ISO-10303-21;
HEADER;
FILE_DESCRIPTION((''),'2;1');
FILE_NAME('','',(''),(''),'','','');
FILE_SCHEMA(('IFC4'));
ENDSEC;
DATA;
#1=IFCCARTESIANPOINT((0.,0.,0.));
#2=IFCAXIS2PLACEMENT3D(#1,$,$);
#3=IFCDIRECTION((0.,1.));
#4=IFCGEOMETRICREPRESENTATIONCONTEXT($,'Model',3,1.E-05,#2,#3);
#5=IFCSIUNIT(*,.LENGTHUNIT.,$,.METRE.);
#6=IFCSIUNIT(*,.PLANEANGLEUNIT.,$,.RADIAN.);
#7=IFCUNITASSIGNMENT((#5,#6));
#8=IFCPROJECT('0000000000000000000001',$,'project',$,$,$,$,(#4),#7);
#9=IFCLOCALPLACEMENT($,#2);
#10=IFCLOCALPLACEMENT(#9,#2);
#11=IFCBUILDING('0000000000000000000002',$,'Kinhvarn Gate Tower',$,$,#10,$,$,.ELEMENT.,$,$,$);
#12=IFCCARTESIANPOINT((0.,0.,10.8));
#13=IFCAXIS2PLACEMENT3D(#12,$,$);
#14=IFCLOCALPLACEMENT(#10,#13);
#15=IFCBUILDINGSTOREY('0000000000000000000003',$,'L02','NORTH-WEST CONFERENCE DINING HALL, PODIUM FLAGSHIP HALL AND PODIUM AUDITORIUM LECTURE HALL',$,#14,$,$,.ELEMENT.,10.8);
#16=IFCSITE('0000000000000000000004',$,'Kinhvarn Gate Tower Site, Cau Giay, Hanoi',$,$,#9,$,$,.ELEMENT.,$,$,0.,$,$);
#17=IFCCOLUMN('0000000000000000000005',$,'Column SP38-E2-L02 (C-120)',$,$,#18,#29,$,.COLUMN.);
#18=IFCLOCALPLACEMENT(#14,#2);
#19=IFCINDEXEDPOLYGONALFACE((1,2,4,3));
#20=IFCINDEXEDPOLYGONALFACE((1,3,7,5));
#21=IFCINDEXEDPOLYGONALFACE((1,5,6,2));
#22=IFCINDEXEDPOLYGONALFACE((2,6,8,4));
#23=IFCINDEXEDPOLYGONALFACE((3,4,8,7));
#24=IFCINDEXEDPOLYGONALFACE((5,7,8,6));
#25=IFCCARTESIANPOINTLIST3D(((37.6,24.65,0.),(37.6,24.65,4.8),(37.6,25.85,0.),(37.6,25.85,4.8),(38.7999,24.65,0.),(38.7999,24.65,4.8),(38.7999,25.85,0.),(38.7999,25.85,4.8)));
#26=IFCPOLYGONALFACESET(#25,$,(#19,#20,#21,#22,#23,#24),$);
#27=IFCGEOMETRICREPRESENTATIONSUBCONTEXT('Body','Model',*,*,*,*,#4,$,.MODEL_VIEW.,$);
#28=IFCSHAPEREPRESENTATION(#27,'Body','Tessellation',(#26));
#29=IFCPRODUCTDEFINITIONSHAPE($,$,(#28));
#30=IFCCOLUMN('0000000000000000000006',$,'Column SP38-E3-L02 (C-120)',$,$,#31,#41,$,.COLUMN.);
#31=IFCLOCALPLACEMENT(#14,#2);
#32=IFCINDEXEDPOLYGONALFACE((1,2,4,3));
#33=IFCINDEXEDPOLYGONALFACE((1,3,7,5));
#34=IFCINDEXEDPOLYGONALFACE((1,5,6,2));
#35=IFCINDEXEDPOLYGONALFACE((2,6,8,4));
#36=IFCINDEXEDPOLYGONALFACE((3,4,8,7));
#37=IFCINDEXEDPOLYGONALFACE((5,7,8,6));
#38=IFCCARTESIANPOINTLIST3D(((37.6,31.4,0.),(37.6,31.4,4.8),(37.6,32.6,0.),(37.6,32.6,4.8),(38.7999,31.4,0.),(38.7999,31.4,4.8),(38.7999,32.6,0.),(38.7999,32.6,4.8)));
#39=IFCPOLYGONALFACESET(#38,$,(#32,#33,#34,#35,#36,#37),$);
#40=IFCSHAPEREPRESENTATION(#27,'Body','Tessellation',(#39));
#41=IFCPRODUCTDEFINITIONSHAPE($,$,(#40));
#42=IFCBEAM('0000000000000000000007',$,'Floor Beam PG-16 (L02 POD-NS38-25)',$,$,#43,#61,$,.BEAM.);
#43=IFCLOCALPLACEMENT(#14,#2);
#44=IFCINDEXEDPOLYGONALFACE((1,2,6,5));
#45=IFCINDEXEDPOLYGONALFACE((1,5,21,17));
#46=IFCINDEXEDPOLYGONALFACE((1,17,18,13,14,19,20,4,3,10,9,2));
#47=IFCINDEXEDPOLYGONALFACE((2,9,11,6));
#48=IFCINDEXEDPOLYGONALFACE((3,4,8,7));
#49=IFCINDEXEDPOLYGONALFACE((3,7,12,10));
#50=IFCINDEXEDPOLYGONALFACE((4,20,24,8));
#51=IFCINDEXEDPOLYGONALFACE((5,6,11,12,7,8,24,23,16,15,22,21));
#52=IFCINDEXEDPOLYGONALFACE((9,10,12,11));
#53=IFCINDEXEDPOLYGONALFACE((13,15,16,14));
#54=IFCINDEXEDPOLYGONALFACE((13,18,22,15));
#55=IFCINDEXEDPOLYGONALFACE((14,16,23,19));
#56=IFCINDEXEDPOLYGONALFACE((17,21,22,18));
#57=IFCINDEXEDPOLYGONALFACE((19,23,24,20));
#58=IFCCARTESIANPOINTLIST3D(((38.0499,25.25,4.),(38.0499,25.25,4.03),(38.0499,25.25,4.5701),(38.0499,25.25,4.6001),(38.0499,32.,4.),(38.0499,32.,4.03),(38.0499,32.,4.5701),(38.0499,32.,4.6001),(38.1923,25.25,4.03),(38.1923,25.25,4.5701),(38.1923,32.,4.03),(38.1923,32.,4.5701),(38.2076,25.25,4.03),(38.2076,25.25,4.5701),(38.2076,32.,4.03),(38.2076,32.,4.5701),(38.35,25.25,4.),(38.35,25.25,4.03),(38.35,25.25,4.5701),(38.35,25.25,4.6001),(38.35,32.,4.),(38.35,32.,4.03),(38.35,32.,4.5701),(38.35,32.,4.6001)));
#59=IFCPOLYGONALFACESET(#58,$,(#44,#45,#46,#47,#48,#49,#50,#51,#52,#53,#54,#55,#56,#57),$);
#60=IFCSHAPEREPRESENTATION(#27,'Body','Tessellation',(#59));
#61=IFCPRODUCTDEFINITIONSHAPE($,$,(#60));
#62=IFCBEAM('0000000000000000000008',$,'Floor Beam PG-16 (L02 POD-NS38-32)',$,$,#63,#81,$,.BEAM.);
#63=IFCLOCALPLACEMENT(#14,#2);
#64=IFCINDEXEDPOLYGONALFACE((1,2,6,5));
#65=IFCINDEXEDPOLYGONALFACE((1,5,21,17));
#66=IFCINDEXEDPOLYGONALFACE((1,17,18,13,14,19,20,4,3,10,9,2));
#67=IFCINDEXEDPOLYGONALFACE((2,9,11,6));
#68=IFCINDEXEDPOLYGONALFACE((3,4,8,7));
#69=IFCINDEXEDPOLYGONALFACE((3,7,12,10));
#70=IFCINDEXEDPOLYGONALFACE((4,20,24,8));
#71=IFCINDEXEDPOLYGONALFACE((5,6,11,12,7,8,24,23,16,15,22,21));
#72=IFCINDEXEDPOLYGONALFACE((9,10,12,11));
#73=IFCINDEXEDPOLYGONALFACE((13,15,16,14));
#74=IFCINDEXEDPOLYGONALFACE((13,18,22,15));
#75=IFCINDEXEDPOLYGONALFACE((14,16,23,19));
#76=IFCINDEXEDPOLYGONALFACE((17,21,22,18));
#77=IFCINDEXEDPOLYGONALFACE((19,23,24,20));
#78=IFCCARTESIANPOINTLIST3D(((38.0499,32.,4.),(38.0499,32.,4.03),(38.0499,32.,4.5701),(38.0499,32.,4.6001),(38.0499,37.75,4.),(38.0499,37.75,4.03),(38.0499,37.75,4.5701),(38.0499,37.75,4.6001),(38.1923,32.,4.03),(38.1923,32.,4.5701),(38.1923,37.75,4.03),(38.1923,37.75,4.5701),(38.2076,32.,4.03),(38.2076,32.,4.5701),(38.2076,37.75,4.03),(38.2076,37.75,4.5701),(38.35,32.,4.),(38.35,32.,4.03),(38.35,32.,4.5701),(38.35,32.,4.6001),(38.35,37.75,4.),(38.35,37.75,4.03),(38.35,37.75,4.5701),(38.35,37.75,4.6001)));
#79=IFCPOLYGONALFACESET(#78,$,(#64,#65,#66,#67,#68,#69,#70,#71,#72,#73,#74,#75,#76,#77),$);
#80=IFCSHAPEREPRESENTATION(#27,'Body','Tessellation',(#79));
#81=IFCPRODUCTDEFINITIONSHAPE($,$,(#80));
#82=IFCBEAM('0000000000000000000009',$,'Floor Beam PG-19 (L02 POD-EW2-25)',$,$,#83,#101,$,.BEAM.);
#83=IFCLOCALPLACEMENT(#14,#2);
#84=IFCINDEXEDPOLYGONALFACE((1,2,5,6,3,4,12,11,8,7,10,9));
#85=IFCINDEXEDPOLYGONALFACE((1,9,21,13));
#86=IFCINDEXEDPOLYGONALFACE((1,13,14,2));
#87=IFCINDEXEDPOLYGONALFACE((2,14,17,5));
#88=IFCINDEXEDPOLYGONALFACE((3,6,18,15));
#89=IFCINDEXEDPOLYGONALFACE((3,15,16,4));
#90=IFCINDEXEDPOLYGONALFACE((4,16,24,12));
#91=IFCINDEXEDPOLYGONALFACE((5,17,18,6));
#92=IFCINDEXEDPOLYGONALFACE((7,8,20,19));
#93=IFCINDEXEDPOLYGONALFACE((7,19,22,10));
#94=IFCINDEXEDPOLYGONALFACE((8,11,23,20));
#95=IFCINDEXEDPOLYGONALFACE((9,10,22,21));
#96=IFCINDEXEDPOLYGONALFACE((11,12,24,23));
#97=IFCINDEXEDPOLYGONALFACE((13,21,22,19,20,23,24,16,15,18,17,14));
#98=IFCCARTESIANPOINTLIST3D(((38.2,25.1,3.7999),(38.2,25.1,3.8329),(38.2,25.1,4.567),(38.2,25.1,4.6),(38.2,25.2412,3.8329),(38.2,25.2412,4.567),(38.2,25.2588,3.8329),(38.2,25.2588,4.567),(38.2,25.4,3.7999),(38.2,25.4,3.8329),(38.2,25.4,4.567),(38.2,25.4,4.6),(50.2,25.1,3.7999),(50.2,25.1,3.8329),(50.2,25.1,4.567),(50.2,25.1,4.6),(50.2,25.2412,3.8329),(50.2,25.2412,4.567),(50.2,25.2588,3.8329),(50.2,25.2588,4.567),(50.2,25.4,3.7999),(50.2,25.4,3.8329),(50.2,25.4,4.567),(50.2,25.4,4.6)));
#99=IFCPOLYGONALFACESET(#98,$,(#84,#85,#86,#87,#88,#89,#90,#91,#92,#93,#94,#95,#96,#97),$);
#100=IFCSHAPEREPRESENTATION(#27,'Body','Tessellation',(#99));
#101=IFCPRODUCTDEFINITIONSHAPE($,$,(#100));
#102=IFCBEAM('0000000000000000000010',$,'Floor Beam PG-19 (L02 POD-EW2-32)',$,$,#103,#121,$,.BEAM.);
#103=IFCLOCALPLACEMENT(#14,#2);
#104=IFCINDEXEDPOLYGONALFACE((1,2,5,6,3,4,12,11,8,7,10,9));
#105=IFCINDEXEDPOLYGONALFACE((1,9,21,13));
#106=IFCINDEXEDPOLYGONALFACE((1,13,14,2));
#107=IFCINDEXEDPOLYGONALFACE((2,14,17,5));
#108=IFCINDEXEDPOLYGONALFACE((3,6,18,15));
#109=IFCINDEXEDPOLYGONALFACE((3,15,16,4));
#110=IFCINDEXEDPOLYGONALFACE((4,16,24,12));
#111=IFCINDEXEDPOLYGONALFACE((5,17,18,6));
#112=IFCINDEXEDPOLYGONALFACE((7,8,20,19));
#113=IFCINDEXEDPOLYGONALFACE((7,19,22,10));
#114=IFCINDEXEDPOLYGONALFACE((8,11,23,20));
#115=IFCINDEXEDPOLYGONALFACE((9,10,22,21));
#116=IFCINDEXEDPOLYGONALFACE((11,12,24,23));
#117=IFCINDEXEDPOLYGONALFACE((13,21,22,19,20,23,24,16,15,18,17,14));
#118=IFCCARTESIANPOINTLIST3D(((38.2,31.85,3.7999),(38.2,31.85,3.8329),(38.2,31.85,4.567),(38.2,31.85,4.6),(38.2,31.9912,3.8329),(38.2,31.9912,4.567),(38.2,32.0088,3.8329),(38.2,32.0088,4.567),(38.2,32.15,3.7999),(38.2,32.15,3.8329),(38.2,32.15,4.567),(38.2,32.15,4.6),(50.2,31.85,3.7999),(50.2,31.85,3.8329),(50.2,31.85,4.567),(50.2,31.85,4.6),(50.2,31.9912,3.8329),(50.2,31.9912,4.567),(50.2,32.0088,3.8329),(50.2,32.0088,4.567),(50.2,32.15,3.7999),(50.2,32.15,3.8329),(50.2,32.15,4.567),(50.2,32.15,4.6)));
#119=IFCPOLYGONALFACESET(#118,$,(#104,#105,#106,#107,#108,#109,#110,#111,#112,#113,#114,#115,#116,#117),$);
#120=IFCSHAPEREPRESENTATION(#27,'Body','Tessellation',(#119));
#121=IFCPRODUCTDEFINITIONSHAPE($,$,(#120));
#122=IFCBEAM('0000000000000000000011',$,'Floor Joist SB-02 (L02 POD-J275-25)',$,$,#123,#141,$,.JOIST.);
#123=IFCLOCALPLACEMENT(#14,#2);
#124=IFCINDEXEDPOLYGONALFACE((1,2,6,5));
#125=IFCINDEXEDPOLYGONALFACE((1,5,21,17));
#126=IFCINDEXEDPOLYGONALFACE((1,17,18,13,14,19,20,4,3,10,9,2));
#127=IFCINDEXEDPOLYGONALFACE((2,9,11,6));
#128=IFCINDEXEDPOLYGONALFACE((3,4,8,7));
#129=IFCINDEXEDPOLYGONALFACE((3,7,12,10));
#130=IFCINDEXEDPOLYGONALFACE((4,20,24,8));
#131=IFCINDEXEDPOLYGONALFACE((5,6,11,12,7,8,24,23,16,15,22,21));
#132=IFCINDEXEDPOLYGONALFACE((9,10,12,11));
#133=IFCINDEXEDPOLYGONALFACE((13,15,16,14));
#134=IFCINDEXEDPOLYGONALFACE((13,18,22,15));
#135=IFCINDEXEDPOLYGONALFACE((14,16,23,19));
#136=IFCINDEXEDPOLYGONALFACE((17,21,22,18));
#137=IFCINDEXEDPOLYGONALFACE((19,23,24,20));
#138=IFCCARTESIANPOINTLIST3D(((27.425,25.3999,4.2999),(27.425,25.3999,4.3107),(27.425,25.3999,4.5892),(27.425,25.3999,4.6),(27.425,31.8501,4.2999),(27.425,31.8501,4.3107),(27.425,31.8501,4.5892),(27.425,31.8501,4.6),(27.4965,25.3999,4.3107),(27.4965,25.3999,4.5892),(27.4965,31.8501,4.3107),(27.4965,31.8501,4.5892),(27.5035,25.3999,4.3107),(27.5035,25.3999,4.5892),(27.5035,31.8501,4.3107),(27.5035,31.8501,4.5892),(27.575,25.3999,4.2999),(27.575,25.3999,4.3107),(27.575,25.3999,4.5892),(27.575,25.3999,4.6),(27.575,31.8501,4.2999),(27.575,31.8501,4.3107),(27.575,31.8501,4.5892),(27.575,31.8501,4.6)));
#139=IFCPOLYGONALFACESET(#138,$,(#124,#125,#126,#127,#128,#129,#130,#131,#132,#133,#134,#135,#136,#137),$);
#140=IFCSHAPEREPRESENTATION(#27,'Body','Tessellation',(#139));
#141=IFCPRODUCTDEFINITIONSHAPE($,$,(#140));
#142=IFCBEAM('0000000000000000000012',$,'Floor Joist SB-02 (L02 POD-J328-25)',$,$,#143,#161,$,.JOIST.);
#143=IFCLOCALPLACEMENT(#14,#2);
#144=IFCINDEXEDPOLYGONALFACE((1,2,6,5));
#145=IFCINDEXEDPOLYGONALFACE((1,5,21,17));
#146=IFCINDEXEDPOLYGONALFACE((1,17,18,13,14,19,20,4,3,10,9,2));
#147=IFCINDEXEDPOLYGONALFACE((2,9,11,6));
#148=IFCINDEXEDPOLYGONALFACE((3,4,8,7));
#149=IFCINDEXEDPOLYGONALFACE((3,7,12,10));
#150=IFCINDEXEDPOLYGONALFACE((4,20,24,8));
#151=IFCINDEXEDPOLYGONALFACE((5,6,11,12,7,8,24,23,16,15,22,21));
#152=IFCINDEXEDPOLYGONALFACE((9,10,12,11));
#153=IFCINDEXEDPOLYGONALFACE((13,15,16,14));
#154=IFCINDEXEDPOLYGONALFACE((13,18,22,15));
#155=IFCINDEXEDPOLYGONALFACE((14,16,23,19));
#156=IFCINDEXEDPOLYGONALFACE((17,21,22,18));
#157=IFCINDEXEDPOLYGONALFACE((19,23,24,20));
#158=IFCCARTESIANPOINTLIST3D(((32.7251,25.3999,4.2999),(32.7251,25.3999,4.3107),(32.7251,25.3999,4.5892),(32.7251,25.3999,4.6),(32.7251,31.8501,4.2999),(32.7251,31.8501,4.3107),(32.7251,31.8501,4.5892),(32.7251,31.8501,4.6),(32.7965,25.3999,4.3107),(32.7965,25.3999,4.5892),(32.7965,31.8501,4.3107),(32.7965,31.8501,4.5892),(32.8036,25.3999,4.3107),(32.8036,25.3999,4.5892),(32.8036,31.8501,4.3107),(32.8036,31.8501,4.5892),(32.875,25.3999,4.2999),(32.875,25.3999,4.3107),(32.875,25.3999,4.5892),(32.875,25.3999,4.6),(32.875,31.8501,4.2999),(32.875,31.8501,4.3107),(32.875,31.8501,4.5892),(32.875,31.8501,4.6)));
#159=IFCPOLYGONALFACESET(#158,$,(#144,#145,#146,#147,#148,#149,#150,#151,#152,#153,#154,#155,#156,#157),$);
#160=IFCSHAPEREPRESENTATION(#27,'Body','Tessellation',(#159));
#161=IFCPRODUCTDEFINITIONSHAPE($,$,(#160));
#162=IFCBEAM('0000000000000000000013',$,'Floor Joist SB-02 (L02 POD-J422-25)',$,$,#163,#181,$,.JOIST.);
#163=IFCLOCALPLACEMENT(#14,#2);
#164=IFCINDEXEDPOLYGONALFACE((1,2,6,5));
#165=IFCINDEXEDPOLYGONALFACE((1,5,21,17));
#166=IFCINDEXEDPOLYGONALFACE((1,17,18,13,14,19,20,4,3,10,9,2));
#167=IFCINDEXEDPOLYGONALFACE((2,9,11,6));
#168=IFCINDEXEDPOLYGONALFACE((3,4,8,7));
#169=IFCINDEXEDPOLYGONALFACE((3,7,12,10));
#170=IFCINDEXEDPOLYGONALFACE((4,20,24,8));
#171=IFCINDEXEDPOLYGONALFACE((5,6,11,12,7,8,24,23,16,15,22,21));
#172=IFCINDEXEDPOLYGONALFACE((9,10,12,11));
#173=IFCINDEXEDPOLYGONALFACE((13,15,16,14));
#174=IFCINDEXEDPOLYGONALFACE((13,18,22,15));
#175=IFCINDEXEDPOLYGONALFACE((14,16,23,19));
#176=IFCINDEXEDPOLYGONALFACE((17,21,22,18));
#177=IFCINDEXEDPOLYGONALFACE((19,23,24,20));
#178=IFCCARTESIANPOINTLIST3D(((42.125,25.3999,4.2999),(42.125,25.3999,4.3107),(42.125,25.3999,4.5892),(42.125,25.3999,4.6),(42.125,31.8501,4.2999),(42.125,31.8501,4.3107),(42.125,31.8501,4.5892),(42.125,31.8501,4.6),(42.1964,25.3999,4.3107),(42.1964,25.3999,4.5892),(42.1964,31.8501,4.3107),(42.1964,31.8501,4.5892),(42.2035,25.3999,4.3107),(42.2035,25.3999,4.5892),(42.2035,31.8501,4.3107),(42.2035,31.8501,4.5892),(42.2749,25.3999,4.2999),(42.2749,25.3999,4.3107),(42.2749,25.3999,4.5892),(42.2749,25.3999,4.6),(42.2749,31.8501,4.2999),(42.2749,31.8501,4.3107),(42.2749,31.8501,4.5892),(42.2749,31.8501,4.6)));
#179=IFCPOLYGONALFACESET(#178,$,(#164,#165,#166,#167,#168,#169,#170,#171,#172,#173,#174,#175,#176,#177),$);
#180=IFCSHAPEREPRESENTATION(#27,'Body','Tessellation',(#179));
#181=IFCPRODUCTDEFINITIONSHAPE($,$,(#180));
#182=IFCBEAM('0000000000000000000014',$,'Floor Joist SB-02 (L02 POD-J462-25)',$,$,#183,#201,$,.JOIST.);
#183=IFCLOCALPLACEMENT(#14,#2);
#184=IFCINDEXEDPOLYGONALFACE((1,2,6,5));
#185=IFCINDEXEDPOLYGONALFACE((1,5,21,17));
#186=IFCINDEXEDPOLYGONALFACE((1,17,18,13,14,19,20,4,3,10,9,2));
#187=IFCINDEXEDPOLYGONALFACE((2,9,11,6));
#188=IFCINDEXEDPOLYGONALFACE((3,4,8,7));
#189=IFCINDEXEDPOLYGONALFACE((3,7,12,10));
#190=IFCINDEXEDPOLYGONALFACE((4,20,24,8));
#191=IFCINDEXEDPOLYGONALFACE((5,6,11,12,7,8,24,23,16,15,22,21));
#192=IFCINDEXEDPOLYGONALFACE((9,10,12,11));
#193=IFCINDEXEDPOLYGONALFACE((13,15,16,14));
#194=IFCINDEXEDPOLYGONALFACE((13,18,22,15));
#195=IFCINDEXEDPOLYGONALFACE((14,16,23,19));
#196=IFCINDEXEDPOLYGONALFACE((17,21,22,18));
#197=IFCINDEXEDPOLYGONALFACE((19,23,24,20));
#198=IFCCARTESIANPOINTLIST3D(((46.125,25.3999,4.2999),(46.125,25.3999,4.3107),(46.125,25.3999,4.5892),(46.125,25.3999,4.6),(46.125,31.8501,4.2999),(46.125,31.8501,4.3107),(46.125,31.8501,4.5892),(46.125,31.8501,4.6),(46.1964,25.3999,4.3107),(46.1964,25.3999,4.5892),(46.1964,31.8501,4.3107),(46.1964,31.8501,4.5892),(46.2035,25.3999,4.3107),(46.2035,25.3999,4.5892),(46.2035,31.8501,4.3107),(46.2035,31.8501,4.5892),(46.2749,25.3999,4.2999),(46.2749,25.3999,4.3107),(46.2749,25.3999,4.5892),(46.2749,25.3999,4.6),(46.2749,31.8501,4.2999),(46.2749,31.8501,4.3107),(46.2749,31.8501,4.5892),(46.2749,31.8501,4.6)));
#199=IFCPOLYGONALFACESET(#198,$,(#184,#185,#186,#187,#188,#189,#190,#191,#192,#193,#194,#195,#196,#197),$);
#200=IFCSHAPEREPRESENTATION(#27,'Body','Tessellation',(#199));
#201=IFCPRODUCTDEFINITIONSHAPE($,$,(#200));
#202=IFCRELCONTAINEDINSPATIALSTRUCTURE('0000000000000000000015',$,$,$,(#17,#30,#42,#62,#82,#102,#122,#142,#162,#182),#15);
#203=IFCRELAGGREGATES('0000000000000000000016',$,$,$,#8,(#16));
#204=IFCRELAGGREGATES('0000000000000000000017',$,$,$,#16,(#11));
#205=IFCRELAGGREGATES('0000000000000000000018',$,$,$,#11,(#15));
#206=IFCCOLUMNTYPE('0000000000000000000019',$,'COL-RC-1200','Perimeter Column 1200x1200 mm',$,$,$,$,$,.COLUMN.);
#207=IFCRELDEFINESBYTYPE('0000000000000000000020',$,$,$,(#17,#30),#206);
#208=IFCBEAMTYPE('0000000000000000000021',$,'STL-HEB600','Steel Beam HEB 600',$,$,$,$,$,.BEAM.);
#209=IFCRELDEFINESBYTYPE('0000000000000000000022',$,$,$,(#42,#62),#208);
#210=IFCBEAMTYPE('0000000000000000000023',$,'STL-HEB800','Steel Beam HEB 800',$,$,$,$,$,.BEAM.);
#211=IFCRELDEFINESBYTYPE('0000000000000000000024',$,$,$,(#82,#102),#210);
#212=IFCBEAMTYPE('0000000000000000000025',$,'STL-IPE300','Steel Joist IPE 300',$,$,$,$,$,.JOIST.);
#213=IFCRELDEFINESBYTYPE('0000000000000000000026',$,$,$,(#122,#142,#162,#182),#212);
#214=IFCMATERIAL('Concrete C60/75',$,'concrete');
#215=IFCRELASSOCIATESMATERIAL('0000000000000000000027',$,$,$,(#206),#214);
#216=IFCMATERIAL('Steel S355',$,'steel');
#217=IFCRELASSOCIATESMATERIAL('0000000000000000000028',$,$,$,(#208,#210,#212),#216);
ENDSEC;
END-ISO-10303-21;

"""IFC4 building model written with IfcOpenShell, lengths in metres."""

from ifc_helpers import new_model, si_unit, direction, frame, origin, origin_2d, place, context, subcontext, project, spatial, rectangle, i_section, extrude, material, material_profile, profile_set, type_object, element, save


model = new_model("IFC4")

# Units and contexts
model_context = context("Model", 3, precision=1e-05, world=origin(), true_north=direction((0.0, 1.0)))
body_context = subcontext(model_context, "Body", "Model", "MODEL_VIEW")
ifc_project = project(units=[si_unit("LENGTHUNIT", "METRE"), si_unit("PLANEANGLEUNIT", "RADIAN")], contexts=[model_context])

# Site, building, storey
site_placement = place(None, origin())
site = spatial("IfcSite", under=ifc_project, at=site_placement, Name="Kinhvarn Gate Tower Site, Cau Giay, Hanoi", CompositionType="ELEMENT", RefElevation=0.0)
building_placement = place(site_placement, origin())
building = spatial("IfcBuilding", under=site, at=building_placement, Name="Kinhvarn Gate Tower", CompositionType="ELEMENT")
storey_placement = place(building_placement, frame((0.0, 0.0, 10.8)))
storey = spatial("IfcBuildingStorey", under=building, at=storey_placement, Name="L02", Description="NORTH-WEST CONFERENCE DINING HALL, PODIUM FLAGSHIP HALL AND PODIUM AUDITORIUM LECTURE HALL", CompositionType="ELEMENT", Elevation=10.8)

# Columns
ifc_material_1 = material(Name="Concrete C60/75", Category="concrete")
ifc_material_profile_1 = material_profile(ifc_material_1, rectangle(XDim=1.2, YDim=1.2, at=origin_2d()), Name="RC 1200x1200")
ifc_profile_set_1 = profile_set([ifc_material_profile_1], Name="Concrete C60/75")
column_type = type_object("IfcColumnType", Name="COL-RC-1200", Description="Perimeter Column 1200x1200 mm", PredefinedType="COLUMN", material=ifc_profile_set_1)
for number, where, z_axis, x_axis, name in (
    (1, (38.2, 25.25, 0.0), (0.0, 0.0, 1.0), (1.0, 0.0, 0.0), "Column SP38-E2-L02 (C-120)"),
    (2, (38.2, 32.0, 0.0), (0.0, 0.0, 1.0), (1.0, 0.0, 0.0), "Column SP38-E3-L02 (C-120)"),
):
    element("IfcColumn", number, at=place(storey_placement, frame(where, z_axis=z_axis, x_axis=x_axis)), inside=storey, type_object=column_type, Name=name, PredefinedType="COLUMN", context=body_context, shape_type="SweptSolid", body=[
        extrude(rectangle(XDim=1.2, YDim=1.2, at=origin_2d()), origin(), (0.0, 0.0, 1.0), 4.8),
    ])

# Beams
ifc_material_2 = material(Name="Steel S355", Category="steel")
ifc_material_profile_2 = material_profile(ifc_material_2, i_section(OverallWidth=0.3, OverallDepth=0.6001, WebThickness=0.0154, FlangeThickness=0.03, at=origin_2d()), Name="HEB 600")
ifc_profile_set_2 = profile_set([ifc_material_profile_2], Name="Steel S355")
beam_type_1 = type_object("IfcBeamType", Name="STL-HEB600", Description="Steel Beam HEB 600", PredefinedType="BEAM", material=ifc_profile_set_2)
beam_1_placement = place(storey_placement, frame((38.2, 25.25, 4.3), z_axis=(0.0, 1.0, 0.0), x_axis=(-1.0, 0.0, 0.0)))
element("IfcBeam", 3, at=beam_1_placement, inside=storey, type_object=beam_type_1, Name="Floor Beam PG-16 (L02 POD-NS38-25)", PredefinedType="BEAM", context=body_context, shape_type="SweptSolid", body=[
    extrude(i_section(OverallWidth=0.3, OverallDepth=0.6001, WebThickness=0.0154, FlangeThickness=0.03, at=origin_2d()), origin(), (0.0, 0.0, 1.0), 6.75),
])
beam_2_placement = place(storey_placement, frame((38.2, 32.0, 4.3), z_axis=(0.0, 1.0, 0.0), x_axis=(-1.0, 0.0, 0.0)))
element("IfcBeam", 4, at=beam_2_placement, inside=storey, type_object=beam_type_1, Name="Floor Beam PG-16 (L02 POD-NS38-32)", PredefinedType="BEAM", context=body_context, shape_type="SweptSolid", body=[
    extrude(i_section(OverallWidth=0.3, OverallDepth=0.6001, WebThickness=0.0154, FlangeThickness=0.03, at=origin_2d()), origin(), (0.0, 0.0, 1.0), 5.75),
])
ifc_material_profile_3 = material_profile(ifc_material_2, i_section(OverallWidth=0.3, OverallDepth=0.8, WebThickness=0.0176, FlangeThickness=0.033, at=origin_2d()), Name="HEB 800")
ifc_profile_set_3 = profile_set([ifc_material_profile_3], Name="Steel S355")
beam_type_2 = type_object("IfcBeamType", Name="STL-HEB800", Description="Steel Beam HEB 800", PredefinedType="BEAM", material=ifc_profile_set_3)
for number, where, z_axis, x_axis, name in (
    (5, (38.2, 25.25, 4.2), (1.0, 0.0, 0.0), (0.0, 1.0, 0.0), "Floor Beam PG-19 (L02 POD-EW2-25)"),
    (6, (38.2, 32.0, 4.2), (1.0, 0.0, 0.0), (0.0, 1.0, 0.0), "Floor Beam PG-19 (L02 POD-EW2-32)"),
):
    element("IfcBeam", number, at=place(storey_placement, frame(where, z_axis=z_axis, x_axis=x_axis)), inside=storey, type_object=beam_type_2, Name=name, PredefinedType="BEAM", context=body_context, shape_type="SweptSolid", body=[
        extrude(i_section(OverallWidth=0.3, OverallDepth=0.8, WebThickness=0.0176, FlangeThickness=0.033, at=origin_2d()), origin(), (0.0, 0.0, 1.0), 12.0),
    ])
ifc_material_profile_4 = material_profile(ifc_material_2, i_section(OverallWidth=0.1499, OverallDepth=0.3, WebThickness=0.0071, FlangeThickness=0.0107, at=origin_2d()), Name="IPE 300")
ifc_profile_set_4 = profile_set([ifc_material_profile_4], Name="Steel S355")
beam_type_3 = type_object("IfcBeamType", Name="STL-IPE300", Description="Steel Joist IPE 300", PredefinedType="JOIST", material=ifc_profile_set_4)
for number, where, z_axis, x_axis, name in (
    (7, (27.5, 25.3999, 4.45), (0.0, 1.0, 0.0), (-1.0, 0.0, 0.0), "Floor Joist SB-02 (L02 POD-J275-25)"),
    (8, (32.8, 25.3999, 4.45), (0.0, 1.0, 0.0), (-1.0, 0.0, 0.0), "Floor Joist SB-02 (L02 POD-J328-25)"),
    (9, (42.2, 25.3999, 4.45), (0.0, 1.0, 0.0), (-1.0, 0.0, 0.0), "Floor Joist SB-02 (L02 POD-J422-25)"),
    (10, (46.2, 25.3999, 4.45), (0.0, 1.0, 0.0), (-1.0, 0.0, 0.0), "Floor Joist SB-02 (L02 POD-J462-25)"),
):
    element("IfcBeam", number, at=place(storey_placement, frame(where, z_axis=z_axis, x_axis=x_axis)), inside=storey, type_object=beam_type_3, Name=name, PredefinedType="JOIST", context=body_context, shape_type="SweptSolid", body=[
        extrude(i_section(OverallWidth=0.1499, OverallDepth=0.3, WebThickness=0.0071, FlangeThickness=0.0107, at=origin_2d()), origin(), (0.0, 0.0, 1.0), 6.4502),
    ])

save(model, "model.ifc")
